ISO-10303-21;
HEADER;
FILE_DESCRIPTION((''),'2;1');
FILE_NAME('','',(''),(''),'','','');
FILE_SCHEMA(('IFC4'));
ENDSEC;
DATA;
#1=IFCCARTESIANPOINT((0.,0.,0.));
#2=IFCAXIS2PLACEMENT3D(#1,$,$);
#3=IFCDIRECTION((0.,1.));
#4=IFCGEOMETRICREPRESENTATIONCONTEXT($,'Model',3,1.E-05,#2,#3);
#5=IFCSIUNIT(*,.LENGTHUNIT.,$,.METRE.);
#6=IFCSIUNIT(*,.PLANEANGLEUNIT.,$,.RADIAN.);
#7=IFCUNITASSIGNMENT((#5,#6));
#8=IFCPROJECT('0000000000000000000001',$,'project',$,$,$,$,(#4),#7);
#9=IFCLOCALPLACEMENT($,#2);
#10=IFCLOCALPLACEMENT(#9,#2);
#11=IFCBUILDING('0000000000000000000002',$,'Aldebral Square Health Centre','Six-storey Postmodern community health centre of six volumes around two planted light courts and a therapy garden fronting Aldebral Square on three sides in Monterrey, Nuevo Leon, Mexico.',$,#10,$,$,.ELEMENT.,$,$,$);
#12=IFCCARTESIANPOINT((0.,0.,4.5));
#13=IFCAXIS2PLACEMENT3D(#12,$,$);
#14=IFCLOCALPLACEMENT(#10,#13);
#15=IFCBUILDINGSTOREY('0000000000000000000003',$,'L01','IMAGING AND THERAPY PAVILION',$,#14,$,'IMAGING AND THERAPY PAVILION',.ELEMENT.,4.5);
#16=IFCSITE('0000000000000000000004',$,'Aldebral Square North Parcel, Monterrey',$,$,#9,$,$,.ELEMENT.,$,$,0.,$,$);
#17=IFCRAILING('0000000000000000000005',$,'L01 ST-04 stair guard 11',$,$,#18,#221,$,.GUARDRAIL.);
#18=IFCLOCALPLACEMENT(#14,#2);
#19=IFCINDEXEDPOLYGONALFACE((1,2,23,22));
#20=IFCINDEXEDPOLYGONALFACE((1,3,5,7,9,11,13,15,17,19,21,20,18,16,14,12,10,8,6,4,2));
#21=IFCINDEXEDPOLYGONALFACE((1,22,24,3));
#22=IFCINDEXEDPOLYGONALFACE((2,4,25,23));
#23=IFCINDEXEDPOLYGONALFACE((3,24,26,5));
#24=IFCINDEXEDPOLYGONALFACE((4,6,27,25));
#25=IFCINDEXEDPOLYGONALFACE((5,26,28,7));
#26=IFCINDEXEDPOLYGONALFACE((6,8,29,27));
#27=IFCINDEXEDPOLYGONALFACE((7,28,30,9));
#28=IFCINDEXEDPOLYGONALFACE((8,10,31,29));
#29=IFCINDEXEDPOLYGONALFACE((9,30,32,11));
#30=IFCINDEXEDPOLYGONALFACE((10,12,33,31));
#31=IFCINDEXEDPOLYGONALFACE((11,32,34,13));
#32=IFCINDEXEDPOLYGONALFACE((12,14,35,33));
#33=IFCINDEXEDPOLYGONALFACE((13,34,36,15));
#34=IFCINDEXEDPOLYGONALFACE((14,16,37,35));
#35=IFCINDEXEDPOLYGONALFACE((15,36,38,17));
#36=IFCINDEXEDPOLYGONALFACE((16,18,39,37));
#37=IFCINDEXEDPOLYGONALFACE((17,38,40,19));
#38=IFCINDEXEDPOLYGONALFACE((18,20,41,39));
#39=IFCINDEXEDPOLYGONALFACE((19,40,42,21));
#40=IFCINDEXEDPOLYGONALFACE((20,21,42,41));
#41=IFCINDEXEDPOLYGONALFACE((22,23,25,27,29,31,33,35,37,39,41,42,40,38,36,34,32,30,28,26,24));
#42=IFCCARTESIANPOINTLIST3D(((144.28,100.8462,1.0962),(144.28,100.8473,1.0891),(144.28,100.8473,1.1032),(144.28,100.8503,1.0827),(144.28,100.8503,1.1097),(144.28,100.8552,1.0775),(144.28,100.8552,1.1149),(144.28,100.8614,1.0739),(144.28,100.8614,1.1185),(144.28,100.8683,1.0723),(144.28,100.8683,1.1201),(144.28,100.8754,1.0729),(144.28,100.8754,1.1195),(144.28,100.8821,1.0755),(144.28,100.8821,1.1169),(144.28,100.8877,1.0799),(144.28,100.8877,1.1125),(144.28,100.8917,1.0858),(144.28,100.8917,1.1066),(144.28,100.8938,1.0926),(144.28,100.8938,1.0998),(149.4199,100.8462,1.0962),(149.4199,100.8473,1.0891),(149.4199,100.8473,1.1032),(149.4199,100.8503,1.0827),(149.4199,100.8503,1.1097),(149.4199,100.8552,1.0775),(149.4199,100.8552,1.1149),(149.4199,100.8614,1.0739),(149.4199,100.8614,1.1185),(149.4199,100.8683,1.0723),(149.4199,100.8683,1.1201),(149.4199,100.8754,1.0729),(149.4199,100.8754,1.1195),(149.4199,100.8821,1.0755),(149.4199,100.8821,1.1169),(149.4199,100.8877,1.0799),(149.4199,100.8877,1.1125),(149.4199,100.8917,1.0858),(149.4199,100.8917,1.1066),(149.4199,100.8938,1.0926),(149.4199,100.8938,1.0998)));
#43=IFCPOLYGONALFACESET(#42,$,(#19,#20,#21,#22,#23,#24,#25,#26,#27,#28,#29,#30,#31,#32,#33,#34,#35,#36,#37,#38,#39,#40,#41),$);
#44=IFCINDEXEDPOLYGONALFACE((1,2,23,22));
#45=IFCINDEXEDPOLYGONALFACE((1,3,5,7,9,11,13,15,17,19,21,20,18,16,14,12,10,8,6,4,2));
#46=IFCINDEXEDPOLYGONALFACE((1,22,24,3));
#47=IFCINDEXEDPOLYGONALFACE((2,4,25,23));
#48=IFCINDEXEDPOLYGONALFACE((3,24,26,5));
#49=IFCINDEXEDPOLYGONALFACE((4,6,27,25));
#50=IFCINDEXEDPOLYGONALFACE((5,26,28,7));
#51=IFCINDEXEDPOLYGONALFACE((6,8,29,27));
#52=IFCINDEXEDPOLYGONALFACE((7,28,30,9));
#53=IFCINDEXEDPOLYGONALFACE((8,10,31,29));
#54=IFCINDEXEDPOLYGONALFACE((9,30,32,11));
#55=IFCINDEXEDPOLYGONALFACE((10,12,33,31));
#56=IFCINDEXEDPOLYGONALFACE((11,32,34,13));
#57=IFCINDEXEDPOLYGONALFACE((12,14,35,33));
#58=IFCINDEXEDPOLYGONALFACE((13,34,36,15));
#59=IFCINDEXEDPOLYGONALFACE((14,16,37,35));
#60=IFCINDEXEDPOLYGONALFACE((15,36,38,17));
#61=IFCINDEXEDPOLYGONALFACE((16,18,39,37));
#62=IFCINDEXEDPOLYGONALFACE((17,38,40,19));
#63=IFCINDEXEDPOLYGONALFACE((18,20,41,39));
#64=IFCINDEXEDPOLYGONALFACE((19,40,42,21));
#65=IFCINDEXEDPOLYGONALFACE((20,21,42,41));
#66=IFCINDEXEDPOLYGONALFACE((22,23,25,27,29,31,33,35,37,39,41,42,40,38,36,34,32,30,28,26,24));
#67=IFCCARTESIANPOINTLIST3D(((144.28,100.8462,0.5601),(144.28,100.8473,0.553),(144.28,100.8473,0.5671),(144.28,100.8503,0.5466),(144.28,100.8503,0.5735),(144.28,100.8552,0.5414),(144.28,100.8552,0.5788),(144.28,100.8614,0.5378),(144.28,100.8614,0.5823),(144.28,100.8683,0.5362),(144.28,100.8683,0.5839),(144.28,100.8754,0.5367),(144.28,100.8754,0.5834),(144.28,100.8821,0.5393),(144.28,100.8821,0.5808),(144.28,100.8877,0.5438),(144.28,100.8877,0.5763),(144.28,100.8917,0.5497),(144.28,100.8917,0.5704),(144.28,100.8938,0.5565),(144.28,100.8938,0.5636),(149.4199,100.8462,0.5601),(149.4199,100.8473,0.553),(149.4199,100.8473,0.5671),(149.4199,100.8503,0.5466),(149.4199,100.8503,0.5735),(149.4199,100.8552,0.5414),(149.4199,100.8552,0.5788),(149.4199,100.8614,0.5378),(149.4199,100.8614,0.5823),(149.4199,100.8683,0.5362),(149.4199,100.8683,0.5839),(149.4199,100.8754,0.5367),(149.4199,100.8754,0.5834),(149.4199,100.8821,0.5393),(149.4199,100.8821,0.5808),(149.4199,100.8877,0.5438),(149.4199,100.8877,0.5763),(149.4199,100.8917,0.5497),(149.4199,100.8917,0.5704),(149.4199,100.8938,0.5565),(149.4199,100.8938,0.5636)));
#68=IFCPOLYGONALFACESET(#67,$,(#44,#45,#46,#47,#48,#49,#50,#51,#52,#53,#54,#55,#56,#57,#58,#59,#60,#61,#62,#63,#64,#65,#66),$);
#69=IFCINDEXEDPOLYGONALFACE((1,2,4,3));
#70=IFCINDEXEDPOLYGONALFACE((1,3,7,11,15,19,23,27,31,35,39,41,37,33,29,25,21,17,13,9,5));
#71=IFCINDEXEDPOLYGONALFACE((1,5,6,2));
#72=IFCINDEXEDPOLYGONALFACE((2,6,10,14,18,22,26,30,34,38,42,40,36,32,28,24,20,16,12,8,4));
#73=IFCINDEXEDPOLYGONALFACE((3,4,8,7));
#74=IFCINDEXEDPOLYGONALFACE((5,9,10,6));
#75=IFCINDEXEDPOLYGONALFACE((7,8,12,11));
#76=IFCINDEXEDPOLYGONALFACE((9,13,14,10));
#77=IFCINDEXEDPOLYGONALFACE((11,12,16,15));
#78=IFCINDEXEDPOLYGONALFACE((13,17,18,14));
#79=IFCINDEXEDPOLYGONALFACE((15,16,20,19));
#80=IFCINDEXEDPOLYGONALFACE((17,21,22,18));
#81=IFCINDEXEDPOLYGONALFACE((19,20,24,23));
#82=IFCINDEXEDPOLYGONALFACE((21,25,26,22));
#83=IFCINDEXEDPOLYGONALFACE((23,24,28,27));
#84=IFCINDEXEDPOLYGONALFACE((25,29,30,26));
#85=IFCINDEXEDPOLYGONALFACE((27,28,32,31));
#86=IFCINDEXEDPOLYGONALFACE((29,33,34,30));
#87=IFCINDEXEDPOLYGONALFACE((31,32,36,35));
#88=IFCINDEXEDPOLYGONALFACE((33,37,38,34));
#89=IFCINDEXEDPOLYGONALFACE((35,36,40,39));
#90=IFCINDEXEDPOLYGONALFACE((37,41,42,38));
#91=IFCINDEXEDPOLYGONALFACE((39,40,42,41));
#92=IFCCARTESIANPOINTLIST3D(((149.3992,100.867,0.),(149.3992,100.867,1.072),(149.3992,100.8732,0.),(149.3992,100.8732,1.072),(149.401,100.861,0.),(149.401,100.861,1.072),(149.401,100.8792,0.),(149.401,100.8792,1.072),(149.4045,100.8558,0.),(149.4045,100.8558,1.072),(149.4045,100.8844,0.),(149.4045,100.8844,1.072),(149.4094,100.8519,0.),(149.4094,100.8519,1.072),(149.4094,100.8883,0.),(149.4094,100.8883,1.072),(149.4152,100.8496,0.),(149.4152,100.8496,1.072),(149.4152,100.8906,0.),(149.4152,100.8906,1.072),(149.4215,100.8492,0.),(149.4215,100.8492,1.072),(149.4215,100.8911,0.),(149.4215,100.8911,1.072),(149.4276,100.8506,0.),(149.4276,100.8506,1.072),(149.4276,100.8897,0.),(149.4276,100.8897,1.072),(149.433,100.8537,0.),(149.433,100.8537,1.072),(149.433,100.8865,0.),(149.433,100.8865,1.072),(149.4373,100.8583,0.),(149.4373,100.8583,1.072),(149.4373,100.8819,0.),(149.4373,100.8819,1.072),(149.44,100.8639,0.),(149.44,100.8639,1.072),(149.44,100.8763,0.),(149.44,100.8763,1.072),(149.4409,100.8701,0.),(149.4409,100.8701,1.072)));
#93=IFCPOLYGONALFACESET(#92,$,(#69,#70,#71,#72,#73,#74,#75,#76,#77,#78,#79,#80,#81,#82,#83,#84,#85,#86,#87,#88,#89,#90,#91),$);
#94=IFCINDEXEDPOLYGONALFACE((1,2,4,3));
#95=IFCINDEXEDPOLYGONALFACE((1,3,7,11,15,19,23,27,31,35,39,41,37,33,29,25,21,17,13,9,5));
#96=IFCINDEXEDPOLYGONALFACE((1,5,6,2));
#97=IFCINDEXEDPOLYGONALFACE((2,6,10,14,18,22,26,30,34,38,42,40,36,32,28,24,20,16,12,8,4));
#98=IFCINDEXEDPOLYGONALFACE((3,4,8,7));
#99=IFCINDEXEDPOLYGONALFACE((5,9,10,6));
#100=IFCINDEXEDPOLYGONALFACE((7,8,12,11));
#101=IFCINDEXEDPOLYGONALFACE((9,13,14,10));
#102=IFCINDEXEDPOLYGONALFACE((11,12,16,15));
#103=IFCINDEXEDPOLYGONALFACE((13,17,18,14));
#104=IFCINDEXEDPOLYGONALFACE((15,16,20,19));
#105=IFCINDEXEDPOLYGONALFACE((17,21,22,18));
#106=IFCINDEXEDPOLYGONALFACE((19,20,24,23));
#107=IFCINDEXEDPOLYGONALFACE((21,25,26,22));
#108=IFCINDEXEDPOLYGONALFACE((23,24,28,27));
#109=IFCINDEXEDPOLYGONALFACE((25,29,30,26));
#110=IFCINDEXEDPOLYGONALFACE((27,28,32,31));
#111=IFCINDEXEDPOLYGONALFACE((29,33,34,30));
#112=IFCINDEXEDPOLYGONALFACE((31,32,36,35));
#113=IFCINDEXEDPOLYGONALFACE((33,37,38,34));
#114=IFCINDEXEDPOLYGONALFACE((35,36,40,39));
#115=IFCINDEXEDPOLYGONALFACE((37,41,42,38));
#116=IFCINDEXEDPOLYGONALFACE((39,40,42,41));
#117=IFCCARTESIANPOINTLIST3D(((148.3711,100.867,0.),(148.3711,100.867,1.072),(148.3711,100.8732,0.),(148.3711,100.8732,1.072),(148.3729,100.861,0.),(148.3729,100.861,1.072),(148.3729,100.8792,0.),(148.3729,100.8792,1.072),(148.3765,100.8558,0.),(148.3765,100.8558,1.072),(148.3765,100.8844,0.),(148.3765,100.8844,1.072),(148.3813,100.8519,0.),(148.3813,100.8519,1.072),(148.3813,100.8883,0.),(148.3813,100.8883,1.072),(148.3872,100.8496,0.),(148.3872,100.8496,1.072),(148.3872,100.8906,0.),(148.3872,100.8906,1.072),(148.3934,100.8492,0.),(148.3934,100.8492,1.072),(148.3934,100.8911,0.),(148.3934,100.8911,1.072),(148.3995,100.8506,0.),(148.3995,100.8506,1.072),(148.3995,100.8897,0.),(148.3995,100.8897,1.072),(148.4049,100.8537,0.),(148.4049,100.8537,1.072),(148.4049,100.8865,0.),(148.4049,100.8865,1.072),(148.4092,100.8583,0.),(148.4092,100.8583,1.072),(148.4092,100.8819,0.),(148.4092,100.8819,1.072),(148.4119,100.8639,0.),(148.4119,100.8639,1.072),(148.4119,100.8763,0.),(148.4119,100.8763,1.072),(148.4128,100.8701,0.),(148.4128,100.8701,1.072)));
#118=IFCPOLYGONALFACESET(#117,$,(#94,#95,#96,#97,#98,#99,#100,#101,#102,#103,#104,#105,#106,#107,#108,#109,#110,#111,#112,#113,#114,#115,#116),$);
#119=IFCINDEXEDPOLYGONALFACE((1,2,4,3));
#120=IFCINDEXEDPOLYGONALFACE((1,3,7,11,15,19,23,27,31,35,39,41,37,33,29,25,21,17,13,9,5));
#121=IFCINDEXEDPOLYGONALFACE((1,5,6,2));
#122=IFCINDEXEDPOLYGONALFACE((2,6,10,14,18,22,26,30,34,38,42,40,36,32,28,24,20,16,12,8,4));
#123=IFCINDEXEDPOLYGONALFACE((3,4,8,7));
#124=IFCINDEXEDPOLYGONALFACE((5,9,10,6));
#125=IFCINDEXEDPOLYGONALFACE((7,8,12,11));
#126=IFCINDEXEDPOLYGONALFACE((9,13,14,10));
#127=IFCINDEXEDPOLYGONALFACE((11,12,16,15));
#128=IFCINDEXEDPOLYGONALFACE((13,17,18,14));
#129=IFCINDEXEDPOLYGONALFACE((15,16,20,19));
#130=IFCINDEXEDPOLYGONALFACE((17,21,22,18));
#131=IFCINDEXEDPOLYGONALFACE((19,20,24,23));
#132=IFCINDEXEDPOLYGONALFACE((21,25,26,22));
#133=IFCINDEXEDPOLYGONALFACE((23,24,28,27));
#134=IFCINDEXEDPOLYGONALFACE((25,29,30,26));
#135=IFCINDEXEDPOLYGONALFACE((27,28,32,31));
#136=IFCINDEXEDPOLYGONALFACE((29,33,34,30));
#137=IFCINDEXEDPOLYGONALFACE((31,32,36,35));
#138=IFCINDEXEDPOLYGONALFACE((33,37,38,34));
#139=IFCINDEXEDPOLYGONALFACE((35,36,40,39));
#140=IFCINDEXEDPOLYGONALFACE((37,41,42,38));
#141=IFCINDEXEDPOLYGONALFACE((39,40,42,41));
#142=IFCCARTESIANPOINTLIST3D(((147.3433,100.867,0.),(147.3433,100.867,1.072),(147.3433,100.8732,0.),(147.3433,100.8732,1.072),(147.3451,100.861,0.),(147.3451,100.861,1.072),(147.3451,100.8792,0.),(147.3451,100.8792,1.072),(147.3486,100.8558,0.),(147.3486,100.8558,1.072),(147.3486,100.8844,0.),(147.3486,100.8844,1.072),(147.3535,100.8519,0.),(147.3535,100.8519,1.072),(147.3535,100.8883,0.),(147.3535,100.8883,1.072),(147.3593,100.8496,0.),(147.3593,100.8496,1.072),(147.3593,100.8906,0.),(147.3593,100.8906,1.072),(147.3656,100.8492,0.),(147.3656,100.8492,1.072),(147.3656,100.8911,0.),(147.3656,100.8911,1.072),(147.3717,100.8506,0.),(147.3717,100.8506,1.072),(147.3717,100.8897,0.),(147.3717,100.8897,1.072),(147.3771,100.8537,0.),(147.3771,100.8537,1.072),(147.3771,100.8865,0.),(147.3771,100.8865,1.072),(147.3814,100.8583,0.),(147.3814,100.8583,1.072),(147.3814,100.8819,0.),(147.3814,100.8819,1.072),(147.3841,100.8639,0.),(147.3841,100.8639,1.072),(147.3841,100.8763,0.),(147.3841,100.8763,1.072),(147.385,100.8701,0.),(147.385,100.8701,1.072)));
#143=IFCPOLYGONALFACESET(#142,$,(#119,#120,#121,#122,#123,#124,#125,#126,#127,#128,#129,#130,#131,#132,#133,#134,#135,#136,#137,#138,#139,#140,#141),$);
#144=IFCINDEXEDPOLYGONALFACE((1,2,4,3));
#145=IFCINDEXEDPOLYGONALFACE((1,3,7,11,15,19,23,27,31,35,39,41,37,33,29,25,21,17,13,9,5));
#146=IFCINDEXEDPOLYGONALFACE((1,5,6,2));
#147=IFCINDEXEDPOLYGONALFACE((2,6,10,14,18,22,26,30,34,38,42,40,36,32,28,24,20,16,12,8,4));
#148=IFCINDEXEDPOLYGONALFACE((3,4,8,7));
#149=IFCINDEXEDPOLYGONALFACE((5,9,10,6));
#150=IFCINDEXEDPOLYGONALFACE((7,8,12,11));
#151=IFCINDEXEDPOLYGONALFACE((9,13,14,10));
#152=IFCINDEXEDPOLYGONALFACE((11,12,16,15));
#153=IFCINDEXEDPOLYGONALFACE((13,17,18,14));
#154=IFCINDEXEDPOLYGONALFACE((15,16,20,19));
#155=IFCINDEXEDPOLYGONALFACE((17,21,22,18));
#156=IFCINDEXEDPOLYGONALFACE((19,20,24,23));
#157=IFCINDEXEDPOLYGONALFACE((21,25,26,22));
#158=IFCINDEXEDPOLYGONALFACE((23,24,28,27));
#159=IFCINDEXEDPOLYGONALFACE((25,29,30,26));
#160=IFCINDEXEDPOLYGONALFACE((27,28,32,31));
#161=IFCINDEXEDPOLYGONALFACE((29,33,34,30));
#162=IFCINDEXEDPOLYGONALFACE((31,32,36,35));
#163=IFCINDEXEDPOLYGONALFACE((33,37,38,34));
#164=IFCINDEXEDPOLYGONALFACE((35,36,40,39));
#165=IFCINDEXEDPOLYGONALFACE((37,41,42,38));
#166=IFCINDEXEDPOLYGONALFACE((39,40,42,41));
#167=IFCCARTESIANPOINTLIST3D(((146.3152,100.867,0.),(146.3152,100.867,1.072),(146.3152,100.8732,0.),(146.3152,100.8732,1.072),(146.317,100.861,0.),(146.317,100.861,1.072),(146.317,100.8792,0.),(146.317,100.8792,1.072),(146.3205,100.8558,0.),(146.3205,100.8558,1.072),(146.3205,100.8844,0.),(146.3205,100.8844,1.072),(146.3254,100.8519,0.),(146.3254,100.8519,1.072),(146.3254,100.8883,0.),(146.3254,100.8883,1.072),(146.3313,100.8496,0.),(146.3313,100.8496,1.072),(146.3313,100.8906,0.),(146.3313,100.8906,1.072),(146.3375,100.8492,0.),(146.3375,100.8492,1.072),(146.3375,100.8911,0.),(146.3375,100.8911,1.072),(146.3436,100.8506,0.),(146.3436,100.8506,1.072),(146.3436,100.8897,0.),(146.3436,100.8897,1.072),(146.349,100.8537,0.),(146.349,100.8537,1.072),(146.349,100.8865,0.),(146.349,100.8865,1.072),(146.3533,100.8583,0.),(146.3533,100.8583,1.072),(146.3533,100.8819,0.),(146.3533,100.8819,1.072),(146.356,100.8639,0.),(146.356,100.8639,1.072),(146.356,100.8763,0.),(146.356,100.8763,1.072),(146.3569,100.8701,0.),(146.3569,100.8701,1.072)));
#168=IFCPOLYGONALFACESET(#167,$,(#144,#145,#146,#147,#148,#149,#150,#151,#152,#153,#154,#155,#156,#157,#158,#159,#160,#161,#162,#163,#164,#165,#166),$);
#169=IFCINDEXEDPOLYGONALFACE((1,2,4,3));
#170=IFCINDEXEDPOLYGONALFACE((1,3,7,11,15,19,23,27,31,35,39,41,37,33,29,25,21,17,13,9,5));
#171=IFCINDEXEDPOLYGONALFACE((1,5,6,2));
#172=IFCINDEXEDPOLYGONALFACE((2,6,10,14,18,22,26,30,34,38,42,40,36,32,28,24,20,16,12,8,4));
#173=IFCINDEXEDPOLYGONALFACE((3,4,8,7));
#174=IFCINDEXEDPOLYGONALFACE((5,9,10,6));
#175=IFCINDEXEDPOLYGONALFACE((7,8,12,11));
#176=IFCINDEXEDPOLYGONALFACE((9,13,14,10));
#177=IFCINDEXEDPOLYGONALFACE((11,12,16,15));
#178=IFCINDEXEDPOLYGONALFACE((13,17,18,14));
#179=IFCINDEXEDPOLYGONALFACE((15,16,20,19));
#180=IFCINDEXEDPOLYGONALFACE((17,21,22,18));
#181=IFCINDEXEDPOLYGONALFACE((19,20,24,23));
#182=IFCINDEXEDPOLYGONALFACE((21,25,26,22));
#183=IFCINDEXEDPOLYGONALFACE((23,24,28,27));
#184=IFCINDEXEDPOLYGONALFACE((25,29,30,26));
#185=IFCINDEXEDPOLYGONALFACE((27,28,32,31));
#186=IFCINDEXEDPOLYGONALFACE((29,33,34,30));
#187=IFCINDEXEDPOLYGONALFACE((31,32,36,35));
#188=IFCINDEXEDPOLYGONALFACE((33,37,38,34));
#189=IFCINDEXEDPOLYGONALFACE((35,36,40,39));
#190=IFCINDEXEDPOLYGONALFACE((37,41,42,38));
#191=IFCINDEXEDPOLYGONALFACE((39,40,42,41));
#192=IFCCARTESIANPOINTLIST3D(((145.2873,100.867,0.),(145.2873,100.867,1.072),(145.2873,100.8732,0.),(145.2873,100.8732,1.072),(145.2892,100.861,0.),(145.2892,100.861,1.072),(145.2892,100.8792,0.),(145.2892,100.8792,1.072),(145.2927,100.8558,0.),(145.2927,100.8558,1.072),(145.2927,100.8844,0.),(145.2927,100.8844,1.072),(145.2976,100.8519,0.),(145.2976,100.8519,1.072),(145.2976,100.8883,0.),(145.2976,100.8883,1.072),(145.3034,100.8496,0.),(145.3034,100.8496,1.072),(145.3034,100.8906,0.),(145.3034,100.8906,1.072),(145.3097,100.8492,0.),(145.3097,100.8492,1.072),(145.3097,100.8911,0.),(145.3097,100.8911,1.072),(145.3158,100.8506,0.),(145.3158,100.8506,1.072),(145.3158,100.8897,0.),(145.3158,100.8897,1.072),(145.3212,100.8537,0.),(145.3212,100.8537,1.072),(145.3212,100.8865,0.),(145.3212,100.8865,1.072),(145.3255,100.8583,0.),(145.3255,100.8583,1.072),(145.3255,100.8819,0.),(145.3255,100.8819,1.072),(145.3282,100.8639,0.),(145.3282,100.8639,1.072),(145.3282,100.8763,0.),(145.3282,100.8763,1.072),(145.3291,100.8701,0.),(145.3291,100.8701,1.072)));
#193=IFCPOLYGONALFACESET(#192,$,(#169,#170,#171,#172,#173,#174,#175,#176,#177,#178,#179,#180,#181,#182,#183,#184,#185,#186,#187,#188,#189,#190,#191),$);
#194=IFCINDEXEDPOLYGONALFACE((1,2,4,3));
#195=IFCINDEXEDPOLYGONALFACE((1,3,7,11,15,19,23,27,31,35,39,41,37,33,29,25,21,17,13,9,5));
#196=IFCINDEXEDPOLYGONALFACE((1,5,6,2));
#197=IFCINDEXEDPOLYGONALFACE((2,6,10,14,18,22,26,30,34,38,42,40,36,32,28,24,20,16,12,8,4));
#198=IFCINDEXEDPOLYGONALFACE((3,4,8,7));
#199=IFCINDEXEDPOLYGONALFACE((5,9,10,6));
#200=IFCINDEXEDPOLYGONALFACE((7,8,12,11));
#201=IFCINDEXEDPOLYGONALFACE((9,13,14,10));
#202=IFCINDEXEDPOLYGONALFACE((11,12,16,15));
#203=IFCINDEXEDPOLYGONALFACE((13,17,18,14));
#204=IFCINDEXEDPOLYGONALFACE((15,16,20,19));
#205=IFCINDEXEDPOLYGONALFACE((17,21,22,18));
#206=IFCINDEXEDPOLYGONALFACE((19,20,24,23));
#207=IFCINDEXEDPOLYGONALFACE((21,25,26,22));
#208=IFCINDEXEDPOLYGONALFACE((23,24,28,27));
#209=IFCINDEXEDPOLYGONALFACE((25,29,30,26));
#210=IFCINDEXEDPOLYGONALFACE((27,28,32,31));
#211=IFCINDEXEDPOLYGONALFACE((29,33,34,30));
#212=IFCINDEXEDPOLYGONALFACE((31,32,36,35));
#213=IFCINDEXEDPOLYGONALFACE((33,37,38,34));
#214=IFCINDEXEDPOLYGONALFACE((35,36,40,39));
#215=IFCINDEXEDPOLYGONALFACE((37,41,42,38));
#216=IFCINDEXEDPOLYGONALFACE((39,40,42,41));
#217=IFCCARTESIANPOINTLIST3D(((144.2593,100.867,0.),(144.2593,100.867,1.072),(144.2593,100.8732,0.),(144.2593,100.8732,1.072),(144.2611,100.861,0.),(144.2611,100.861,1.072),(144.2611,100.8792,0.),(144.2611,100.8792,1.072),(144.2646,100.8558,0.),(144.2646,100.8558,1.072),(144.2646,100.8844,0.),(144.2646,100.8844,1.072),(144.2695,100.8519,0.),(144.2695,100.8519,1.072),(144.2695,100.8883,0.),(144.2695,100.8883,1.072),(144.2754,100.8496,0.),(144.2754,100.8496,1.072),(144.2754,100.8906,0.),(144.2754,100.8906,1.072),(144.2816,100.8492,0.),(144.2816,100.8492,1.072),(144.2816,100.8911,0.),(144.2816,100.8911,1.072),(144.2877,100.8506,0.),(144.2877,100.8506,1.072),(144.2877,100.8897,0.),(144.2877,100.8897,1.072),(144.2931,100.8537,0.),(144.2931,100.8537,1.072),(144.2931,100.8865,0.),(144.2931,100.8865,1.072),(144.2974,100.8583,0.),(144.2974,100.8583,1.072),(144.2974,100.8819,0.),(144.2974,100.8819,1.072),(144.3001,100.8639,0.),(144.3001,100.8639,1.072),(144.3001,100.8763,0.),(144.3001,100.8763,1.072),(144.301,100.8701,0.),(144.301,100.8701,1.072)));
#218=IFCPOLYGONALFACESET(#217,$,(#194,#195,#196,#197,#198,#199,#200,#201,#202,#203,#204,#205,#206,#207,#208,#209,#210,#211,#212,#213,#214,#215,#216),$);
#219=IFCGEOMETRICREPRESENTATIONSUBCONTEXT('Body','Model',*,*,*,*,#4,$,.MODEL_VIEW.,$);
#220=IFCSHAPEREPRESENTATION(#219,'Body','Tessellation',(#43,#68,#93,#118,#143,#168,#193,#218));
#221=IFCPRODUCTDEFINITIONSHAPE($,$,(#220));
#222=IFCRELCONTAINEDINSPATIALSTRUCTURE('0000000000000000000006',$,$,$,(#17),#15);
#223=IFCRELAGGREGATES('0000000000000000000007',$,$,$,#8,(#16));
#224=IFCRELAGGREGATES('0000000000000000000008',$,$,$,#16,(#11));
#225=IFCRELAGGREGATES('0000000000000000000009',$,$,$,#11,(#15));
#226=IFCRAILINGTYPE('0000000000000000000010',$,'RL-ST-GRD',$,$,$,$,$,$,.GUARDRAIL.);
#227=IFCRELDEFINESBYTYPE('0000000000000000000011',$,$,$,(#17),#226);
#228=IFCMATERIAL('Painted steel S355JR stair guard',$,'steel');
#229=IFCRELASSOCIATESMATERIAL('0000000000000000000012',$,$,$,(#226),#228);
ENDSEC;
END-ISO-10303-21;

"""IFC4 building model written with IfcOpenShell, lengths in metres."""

from ifc_helpers import new_model, si_unit, direction, frame, origin, origin_2d, place, context, subcontext, project, spatial, circle, extrude, material, type_object, element, save


model = new_model("IFC4")

# Units and contexts
model_context = context("Model", 3, precision=1e-05, world=origin(), true_north=direction((0.0, 1.0)))
body_context = subcontext(model_context, "Body", "Model", "MODEL_VIEW")
ifc_project = project(units=[si_unit("LENGTHUNIT", "METRE"), si_unit("PLANEANGLEUNIT", "RADIAN")], contexts=[model_context])

# Site, building, storey
site_placement = place(None, origin())
site = spatial("IfcSite", under=ifc_project, at=site_placement, Name="Aldebral Square North Parcel, Monterrey", CompositionType="ELEMENT", RefElevation=0.0)
building_placement = place(site_placement, origin())
building = spatial("IfcBuilding", under=site, at=building_placement, Name="Aldebral Square Health Centre", Description="Six-storey Postmodern community health centre of six volumes around two planted light courts and a therapy garden fronting Aldebral Square on three sides in Monterrey, Nuevo Leon, Mexico.", CompositionType="ELEMENT")
storey_placement = place(building_placement, frame((0.0, 0.0, 4.5)))
storey = spatial("IfcBuildingStorey", under=building, at=storey_placement, Name="L01", Description="IMAGING AND THERAPY PAVILION", LongName="IMAGING AND THERAPY PAVILION", CompositionType="ELEMENT", Elevation=4.5)

# Railing
ifc_material_1 = material(Name="Painted steel S355JR stair guard", Category="steel")
railing_type_1 = type_object("IfcRailingType", Name="RL-ST-GRD", PredefinedType="GUARDRAIL", material=ifc_material_1)
railing_1_placement = place(storey_placement, frame((149.4199, 100.8701, 0.0)))
element("IfcRailing", 1, at=railing_1_placement, inside=storey, type_object=railing_type_1, Name="L01 ST-04 stair guard 11", PredefinedType="GUARDRAIL", context=body_context, shape_type="SweptSolid", body=[
    extrude(circle(Radius=0.0239, at=origin_2d()), frame((0.0, 0.0, 1.0962), z_axis=(-1.0, 0.0, 0.0), x_axis=(0.0, -1.0, 0.0)), (0.0, 0.0, 1.0), 5.1399),
    extrude(circle(Radius=0.0239, at=origin_2d()), frame((0.0, 0.0, 0.5601), z_axis=(-1.0, 0.0, 0.0), x_axis=(0.0, -1.0, 0.0)), (0.0, 0.0, 1.0), 5.1399),
    extrude(circle(Radius=0.021, at=origin_2d()), origin(), (0.0, 0.0, 1.0), 1.072),
    extrude(circle(Radius=0.021, at=origin_2d()), frame((-1.0281, 0.0, 0.0)), (0.0, 0.0, 1.0), 1.072),
    extrude(circle(Radius=0.021, at=origin_2d()), frame((-2.0559, 0.0, 0.0)), (0.0, 0.0, 1.0), 1.072),
    extrude(circle(Radius=0.021, at=origin_2d()), frame((-3.084, 0.0, 0.0)), (0.0, 0.0, 1.0), 1.072),
    extrude(circle(Radius=0.021, at=origin_2d()), frame((-4.1118, 0.0, 0.0)), (0.0, 0.0, 1.0), 1.072),
    extrude(circle(Radius=0.021, at=origin_2d()), frame((-5.1399, 0.0, 0.0)), (0.0, 0.0, 1.0), 1.072),
])

save(model, "model.ifc")
